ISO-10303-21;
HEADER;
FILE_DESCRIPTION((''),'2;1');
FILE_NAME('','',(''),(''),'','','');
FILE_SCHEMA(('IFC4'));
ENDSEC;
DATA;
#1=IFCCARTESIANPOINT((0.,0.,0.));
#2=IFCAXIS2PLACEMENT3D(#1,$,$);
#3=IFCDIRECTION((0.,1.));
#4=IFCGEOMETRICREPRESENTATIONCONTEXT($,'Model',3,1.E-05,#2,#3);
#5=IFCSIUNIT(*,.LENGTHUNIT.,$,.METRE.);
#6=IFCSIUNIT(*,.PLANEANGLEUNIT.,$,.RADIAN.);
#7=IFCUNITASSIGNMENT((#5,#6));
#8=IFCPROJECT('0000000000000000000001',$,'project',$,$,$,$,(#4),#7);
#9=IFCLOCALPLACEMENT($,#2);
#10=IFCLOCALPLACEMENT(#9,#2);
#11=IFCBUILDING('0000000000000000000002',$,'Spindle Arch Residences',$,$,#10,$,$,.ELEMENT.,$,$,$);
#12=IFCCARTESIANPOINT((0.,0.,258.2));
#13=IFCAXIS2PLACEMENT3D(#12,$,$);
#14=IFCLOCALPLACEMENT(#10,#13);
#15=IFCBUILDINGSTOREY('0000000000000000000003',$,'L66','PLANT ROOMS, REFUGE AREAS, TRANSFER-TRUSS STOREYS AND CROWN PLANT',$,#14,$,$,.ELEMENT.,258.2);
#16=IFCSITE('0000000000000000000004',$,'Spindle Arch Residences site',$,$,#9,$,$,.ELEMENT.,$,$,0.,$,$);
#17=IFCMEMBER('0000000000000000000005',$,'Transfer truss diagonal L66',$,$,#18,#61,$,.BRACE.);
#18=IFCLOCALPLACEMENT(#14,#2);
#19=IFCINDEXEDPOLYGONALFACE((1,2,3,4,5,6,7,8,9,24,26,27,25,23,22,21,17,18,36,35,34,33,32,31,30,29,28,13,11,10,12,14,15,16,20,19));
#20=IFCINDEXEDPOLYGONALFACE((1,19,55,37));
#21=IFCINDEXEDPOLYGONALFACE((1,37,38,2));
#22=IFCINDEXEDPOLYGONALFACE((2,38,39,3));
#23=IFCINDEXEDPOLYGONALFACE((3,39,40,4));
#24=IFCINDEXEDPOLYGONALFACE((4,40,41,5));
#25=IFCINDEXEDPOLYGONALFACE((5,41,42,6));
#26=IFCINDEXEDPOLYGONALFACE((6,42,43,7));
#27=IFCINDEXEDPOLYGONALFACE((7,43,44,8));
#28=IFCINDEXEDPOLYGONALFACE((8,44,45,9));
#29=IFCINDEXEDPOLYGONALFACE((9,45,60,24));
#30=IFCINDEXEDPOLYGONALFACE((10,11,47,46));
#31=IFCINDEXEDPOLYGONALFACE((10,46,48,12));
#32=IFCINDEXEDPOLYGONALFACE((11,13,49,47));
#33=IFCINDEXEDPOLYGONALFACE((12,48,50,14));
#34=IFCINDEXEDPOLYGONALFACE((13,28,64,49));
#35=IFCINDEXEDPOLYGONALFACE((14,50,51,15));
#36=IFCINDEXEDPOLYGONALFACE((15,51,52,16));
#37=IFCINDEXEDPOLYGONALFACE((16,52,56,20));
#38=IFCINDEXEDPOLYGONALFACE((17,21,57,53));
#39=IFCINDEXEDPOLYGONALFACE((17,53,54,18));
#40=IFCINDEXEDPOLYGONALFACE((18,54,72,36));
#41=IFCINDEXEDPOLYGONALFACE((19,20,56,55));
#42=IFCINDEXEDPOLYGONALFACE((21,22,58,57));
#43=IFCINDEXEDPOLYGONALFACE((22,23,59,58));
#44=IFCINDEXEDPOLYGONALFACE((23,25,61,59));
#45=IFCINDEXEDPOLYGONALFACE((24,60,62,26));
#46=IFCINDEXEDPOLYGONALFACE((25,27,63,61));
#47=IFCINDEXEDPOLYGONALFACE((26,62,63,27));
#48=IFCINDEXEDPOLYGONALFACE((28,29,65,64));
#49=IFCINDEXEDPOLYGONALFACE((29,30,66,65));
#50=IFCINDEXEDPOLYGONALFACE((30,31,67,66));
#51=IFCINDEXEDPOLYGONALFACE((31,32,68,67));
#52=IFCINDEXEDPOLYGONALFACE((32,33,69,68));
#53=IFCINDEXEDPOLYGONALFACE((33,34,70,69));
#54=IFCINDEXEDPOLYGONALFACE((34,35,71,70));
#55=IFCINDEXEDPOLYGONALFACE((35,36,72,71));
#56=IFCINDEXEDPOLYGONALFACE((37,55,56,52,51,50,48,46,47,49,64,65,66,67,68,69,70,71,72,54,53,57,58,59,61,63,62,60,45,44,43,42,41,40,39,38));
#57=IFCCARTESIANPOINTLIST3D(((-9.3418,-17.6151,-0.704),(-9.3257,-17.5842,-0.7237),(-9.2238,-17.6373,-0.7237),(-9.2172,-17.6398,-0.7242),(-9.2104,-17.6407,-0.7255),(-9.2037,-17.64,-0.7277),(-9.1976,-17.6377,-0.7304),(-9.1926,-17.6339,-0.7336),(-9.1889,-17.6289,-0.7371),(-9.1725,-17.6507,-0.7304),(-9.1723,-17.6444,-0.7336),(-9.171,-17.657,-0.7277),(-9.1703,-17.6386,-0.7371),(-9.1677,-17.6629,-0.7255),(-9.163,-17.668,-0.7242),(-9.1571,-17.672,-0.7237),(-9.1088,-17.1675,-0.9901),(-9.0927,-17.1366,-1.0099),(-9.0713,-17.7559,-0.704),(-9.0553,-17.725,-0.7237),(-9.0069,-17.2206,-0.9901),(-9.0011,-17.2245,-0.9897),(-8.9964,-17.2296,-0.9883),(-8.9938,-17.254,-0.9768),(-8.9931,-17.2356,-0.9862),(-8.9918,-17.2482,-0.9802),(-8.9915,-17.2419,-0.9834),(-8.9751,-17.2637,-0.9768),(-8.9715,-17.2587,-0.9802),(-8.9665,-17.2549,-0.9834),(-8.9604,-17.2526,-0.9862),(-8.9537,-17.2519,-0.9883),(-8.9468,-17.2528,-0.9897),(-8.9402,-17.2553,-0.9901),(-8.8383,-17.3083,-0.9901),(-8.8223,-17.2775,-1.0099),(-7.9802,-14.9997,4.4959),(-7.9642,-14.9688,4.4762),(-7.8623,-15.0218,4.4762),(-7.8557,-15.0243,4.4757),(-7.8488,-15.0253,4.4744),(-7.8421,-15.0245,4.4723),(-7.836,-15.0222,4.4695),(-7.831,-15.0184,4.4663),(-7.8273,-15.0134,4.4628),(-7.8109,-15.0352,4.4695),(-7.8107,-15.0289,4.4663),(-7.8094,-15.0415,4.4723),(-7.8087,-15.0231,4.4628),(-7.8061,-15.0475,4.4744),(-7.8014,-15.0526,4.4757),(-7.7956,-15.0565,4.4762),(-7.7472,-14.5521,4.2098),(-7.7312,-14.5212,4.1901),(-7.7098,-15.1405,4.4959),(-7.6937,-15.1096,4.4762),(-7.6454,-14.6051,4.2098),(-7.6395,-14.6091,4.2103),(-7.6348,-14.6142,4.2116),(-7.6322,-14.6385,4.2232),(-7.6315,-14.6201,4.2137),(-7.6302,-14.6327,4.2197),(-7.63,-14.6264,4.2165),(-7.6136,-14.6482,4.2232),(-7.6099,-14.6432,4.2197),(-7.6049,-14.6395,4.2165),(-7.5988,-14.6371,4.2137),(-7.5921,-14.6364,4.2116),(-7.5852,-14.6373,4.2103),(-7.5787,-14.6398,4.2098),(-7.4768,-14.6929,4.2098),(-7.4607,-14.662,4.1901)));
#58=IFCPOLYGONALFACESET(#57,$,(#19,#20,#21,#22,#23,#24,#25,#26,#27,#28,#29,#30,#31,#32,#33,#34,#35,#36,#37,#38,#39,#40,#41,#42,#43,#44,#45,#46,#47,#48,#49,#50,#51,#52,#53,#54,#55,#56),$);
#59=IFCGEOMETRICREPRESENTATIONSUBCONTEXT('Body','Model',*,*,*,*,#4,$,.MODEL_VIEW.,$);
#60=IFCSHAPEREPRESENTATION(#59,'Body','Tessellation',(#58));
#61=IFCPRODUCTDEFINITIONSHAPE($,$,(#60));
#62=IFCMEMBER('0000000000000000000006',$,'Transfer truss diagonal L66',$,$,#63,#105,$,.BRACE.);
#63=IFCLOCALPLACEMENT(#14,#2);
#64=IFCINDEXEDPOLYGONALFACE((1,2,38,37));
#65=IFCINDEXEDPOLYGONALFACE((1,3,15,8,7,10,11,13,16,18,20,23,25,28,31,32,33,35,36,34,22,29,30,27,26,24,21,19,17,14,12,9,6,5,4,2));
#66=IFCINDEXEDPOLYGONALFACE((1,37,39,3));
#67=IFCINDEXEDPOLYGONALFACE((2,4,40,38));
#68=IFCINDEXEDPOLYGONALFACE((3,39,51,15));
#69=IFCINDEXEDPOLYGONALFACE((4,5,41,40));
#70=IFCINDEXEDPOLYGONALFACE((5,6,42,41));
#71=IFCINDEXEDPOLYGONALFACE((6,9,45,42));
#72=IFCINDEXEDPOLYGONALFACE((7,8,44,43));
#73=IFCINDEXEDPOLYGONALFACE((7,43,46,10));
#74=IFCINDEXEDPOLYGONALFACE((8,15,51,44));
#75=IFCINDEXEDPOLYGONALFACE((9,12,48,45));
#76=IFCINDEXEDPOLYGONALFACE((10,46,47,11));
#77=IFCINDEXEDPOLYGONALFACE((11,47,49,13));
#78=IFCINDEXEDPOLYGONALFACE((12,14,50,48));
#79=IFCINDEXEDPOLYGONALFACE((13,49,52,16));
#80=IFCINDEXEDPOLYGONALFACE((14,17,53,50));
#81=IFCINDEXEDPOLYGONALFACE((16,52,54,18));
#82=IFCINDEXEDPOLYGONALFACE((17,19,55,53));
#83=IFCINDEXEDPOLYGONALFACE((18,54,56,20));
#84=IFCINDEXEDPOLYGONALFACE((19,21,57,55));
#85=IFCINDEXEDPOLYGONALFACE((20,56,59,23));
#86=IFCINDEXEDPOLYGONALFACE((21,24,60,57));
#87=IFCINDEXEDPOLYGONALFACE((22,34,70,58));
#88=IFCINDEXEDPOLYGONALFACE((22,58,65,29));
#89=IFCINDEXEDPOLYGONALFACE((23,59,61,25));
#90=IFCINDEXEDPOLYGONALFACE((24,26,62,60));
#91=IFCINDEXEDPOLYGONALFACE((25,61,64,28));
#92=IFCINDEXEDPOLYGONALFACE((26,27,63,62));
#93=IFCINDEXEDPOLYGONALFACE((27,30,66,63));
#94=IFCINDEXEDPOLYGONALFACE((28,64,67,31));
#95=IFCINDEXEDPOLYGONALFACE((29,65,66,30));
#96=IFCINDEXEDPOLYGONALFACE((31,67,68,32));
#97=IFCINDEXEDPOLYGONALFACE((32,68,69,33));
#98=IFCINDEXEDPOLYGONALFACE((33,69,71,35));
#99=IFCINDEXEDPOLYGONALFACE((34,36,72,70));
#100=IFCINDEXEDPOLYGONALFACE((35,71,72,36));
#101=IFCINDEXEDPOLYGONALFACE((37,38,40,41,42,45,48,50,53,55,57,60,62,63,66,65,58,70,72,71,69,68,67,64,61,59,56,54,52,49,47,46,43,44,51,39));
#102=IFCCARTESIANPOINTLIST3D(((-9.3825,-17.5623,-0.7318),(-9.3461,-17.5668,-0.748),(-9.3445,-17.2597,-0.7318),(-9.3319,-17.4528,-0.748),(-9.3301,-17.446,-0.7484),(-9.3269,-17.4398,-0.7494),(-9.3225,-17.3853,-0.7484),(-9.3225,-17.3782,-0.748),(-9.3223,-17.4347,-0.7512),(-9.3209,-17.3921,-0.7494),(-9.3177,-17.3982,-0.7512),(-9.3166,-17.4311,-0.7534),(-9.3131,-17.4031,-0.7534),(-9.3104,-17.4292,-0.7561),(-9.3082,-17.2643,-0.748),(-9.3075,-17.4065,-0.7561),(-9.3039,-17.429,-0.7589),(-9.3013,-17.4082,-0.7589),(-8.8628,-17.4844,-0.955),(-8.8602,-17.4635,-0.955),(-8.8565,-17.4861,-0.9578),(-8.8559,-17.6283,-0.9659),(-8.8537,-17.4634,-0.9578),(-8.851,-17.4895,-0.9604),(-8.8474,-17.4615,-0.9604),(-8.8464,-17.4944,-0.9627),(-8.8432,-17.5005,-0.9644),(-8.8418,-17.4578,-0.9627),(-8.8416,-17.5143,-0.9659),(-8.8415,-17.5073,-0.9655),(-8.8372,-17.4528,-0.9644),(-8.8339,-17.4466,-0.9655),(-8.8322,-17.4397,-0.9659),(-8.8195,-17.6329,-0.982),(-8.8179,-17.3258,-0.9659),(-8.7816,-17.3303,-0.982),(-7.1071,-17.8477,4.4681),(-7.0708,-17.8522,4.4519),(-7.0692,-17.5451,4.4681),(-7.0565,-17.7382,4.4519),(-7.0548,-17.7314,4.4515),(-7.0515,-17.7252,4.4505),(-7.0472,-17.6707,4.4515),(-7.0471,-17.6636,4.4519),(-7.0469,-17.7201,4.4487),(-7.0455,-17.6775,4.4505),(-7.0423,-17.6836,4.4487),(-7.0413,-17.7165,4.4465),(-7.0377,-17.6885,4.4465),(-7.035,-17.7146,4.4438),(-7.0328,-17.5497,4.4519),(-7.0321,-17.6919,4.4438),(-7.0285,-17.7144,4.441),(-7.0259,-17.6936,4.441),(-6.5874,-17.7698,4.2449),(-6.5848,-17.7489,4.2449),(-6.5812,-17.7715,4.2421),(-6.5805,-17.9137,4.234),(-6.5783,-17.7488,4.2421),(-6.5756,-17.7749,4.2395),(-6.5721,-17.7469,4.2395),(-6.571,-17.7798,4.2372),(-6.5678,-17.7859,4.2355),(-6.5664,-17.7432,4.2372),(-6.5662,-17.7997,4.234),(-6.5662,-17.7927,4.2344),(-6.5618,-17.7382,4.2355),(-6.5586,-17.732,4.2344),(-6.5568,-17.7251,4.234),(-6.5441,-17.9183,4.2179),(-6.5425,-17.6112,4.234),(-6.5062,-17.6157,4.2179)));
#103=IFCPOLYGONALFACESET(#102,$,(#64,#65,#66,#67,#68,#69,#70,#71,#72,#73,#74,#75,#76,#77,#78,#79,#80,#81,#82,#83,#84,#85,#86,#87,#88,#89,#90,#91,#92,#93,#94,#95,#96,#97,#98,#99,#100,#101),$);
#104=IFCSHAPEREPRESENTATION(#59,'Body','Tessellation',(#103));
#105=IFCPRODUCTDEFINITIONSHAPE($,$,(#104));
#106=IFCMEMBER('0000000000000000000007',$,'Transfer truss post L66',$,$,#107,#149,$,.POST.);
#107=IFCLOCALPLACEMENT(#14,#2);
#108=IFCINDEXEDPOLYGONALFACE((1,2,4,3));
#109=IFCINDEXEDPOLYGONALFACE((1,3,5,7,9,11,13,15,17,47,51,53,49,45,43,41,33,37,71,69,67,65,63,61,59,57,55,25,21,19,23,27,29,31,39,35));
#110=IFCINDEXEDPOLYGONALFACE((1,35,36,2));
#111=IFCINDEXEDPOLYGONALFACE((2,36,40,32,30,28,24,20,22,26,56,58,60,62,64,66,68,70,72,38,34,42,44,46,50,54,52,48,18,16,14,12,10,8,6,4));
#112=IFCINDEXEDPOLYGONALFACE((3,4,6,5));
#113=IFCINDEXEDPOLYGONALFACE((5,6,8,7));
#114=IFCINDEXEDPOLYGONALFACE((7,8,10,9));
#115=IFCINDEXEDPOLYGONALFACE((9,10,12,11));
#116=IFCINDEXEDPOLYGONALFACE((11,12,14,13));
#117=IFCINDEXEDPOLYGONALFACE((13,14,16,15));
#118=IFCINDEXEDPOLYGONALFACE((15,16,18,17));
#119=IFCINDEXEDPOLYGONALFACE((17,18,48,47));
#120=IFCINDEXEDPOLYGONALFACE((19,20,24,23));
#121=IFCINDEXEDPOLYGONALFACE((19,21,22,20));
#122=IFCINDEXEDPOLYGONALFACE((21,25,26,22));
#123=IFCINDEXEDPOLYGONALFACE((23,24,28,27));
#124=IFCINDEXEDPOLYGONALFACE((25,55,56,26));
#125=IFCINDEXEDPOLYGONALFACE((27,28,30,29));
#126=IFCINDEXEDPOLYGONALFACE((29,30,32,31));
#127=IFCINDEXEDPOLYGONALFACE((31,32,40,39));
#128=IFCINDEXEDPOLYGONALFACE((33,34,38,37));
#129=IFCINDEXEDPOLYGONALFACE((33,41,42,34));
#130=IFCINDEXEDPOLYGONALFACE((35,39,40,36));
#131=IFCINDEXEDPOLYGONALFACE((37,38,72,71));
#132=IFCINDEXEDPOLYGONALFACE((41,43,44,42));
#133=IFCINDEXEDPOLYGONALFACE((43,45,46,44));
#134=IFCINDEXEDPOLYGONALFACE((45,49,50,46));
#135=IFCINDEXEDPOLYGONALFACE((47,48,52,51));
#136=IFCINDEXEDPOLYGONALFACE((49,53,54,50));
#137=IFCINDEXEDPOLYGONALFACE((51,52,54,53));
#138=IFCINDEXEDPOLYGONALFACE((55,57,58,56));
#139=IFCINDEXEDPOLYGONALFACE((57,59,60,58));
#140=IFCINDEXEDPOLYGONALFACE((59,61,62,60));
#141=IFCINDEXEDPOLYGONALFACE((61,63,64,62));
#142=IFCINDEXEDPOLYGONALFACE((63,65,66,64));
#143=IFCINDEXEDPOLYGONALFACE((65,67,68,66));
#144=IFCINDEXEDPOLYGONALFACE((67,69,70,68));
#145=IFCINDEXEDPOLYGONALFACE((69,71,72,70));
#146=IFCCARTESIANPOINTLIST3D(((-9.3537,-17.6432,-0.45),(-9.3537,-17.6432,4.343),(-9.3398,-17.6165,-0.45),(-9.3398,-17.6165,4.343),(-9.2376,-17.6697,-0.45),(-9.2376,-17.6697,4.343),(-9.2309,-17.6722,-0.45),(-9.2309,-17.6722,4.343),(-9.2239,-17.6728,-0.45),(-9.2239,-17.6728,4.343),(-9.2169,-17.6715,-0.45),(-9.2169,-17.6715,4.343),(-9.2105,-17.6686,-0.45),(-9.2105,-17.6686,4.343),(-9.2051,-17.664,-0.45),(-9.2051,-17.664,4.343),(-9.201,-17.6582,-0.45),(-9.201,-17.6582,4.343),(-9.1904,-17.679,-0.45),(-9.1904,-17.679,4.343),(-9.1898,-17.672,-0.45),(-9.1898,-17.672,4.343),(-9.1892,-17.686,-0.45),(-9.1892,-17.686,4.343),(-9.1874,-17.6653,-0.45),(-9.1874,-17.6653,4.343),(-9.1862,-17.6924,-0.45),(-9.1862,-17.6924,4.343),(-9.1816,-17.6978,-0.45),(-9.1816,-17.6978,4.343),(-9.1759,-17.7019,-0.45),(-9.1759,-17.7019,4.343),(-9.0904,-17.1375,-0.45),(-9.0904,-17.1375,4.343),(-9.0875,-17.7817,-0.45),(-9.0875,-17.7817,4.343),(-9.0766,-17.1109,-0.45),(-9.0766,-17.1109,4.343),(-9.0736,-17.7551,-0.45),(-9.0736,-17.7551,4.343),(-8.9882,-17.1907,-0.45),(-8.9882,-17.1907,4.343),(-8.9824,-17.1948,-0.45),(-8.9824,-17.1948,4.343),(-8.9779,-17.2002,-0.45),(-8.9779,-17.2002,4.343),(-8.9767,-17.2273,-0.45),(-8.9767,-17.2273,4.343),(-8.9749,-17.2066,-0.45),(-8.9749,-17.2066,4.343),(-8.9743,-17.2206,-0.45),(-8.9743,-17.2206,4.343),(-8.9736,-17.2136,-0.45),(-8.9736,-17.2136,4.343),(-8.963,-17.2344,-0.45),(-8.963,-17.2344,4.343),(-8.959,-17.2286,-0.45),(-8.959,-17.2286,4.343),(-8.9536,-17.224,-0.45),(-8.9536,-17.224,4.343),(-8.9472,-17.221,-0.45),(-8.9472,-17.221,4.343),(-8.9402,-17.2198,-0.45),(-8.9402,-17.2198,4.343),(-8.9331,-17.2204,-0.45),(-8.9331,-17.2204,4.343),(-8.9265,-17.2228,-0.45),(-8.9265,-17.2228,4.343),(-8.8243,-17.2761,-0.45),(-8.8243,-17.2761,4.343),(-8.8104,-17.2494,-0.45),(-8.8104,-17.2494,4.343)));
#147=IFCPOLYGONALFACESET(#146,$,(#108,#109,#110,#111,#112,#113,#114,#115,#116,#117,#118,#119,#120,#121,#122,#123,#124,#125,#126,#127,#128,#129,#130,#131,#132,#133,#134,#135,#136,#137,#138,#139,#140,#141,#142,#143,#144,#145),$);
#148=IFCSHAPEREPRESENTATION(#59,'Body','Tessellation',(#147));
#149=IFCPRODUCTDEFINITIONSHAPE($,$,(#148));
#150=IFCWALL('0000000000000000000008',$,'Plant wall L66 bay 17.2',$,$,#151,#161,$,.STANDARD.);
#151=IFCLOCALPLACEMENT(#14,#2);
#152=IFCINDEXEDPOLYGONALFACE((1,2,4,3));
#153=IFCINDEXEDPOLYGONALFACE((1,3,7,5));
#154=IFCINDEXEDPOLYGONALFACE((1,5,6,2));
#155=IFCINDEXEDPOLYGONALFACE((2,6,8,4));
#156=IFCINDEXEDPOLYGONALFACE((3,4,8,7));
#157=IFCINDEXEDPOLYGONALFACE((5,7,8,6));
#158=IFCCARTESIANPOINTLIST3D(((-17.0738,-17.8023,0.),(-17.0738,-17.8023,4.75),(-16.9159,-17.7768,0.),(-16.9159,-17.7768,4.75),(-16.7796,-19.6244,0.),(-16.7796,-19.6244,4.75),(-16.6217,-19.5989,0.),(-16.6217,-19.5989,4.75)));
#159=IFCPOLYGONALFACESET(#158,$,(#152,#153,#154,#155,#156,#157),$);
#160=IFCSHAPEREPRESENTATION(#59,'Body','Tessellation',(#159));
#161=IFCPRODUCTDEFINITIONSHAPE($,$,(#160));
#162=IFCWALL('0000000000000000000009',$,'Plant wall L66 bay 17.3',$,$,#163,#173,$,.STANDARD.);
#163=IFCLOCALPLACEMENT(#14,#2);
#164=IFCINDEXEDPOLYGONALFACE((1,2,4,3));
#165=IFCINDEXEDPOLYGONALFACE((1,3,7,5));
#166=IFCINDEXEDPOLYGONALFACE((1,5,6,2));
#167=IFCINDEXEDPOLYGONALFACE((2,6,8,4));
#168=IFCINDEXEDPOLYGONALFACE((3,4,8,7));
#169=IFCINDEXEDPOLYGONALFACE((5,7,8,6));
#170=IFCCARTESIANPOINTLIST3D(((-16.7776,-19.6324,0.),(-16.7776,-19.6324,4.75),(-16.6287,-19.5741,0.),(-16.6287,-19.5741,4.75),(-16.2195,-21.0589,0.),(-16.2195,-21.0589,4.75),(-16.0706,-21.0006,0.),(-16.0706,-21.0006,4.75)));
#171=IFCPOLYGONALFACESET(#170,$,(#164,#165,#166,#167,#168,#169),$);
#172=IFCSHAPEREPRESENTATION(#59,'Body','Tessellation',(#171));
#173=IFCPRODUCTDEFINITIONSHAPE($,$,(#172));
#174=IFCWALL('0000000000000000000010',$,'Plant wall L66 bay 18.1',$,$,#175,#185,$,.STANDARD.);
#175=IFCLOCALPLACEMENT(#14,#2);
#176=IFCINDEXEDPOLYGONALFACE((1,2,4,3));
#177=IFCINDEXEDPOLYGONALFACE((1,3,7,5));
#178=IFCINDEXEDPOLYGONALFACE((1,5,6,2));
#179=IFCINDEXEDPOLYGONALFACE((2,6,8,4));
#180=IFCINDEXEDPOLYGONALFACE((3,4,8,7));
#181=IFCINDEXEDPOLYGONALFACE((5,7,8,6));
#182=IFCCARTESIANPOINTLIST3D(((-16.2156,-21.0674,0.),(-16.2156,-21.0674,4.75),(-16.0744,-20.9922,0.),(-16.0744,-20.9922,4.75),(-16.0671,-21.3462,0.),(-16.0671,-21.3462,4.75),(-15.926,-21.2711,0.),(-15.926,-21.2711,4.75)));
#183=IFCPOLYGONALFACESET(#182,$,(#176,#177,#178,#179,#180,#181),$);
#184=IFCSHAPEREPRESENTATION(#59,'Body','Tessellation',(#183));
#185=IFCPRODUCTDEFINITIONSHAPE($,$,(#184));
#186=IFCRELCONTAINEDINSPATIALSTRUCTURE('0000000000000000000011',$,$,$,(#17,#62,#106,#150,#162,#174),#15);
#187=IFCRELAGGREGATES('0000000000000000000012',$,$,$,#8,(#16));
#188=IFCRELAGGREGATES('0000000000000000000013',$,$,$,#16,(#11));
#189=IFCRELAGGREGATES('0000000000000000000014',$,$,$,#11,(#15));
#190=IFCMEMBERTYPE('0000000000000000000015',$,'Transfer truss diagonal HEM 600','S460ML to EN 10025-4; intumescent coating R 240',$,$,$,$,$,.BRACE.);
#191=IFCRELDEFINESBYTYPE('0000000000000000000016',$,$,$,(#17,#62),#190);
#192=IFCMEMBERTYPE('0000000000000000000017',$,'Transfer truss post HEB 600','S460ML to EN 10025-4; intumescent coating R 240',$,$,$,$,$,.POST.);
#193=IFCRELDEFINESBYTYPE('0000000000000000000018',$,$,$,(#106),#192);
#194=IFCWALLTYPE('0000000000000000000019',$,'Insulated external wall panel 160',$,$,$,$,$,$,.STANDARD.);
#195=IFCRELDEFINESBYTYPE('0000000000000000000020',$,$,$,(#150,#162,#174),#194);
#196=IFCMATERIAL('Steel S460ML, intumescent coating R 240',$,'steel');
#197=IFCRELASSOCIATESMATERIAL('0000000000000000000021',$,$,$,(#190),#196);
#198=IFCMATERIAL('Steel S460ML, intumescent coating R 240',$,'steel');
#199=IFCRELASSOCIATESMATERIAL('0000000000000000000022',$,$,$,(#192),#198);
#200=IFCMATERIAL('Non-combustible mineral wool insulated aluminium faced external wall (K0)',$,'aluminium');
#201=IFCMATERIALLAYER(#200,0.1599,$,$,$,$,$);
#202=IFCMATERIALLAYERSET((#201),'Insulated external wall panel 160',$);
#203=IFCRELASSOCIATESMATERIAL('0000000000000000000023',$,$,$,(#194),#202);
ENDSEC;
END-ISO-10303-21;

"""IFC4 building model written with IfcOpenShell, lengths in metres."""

from ifc_helpers import new_model, si_unit, direction, frame, frame_2d, origin, origin_2d, place, context, subcontext, project, spatial, rectangle, i_section, extrude, material, layer, layer_set, material_profile, profile_set, type_object, element, save


model = new_model("IFC4")

# Units and contexts
model_context = context("Model", 3, precision=1e-05, world=origin(), true_north=direction((0.0, 1.0)))
body_context = subcontext(model_context, "Body", "Model", "MODEL_VIEW")
ifc_project = project(units=[si_unit("LENGTHUNIT", "METRE"), si_unit("PLANEANGLEUNIT", "RADIAN")], contexts=[model_context])

# Site, building, storey
site_placement = place(None, origin())
site = spatial("IfcSite", under=ifc_project, at=site_placement, Name="Spindle Arch Residences site", CompositionType="ELEMENT", RefElevation=0.0)
building_placement = place(site_placement, origin())
building = spatial("IfcBuilding", under=site, at=building_placement, Name="Spindle Arch Residences", CompositionType="ELEMENT")
storey_placement = place(building_placement, frame((0.0, 0.0, 258.2)))
storey = spatial("IfcBuildingStorey", under=building, at=storey_placement, Name="L66", Description="PLANT ROOMS, REFUGE AREAS, TRANSFER-TRUSS STOREYS AND CROWN PLANT", CompositionType="ELEMENT", Elevation=258.2)

# Members
ifc_material_1 = material(Name="Steel S460ML, intumescent coating R 240", Category="steel")
ifc_material_profile_1 = material_profile(ifc_material_1, i_section(OverallWidth=0.3049, OverallDepth=0.6201, WebThickness=0.021, FlangeThickness=0.04, FilletRadius=0.0271, at=origin_2d()), Name="HEM 600")
ifc_profile_set_1 = profile_set([ifc_material_profile_1], Name="Steel S460ML, intumescent coating R 240")
member_type_1 = type_object("IfcMemberType", Name="Transfer truss diagonal HEM 600", Description="S460ML to EN 10025-4; intumescent coating R 240", PredefinedType="BRACE", material=ifc_profile_set_1)
member_1_placement = place(storey_placement, frame((-9.082, -17.4463, -0.8569), z_axis=(0.227771, 0.437532, 0.869877), x_axis=(-0.887005, 0.461759, 0.0)))
element("IfcMember", 1, at=member_1_placement, inside=storey, type_object=member_type_1, Name="Transfer truss diagonal L66", PredefinedType="BRACE", context=body_context, shape_type="SweptSolid", body=[
    extrude(i_section(OverallWidth=0.3049, OverallDepth=0.6201, WebThickness=0.021, FlangeThickness=0.04, FilletRadius=0.0271, at=origin_2d()), origin(), (0.0, 0.0, 1.0), 5.9778),
])
member_2_placement = place(storey_placement, frame((-9.082, -17.4463, -0.8569), z_axis=(0.400374, -0.050219, 0.914975), x_axis=(0.124454, 0.992225, 0.0)))
element("IfcMember", 2, at=member_2_placement, inside=storey, type_object=member_type_1, Name="Transfer truss diagonal L66", PredefinedType="BRACE", context=body_context, shape_type="SweptSolid", body=[
    extrude(i_section(OverallWidth=0.3049, OverallDepth=0.6201, WebThickness=0.021, FlangeThickness=0.04, FilletRadius=0.0271, at=origin_2d()), origin(), (0.0, 0.0, 1.0), 5.6831),
])
ifc_material_2 = material(Name="Steel S460ML, intumescent coating R 240", Category="steel")
ifc_material_profile_2 = material_profile(ifc_material_2, i_section(OverallWidth=0.3, OverallDepth=0.6001, WebThickness=0.0154, FlangeThickness=0.03, FilletRadius=0.0271, at=origin_2d()), Name="HEB 600")
ifc_profile_set_2 = profile_set([ifc_material_profile_2], Name="Steel S460ML, intumescent coating R 240")
member_type_2 = type_object("IfcMemberType", Name="Transfer truss post HEB 600", Description="S460ML to EN 10025-4; intumescent coating R 240", PredefinedType="POST", material=ifc_profile_set_2)
member_3_placement = place(storey_placement, frame((-9.082, -17.4463, -0.45), z_axis=(0.0, 0.0, 1.0), x_axis=(-0.88701, 0.46175, 0.0)))
element("IfcMember", 3, at=member_3_placement, inside=storey, type_object=member_type_2, Name="Transfer truss post L66", PredefinedType="POST", context=body_context, shape_type="SweptSolid", body=[
    extrude(i_section(OverallWidth=0.3, OverallDepth=0.6001, WebThickness=0.0154, FlangeThickness=0.03, FilletRadius=0.0271, at=origin_2d()), origin(), (0.0, 0.0, 1.0), 4.793),
])

# Walls
ifc_material_3 = material(Name="Non-combustible mineral wool insulated aluminium faced external wall (K0)", Category="aluminium")
ifc_layer_1 = layer(ifc_material_3, 0.1599)
ifc_layer_set_1 = layer_set([ifc_layer_1], Name="Insulated external wall panel 160")
wall_type_1 = type_object("IfcWallType", Name="Insulated external wall panel 160", PredefinedType="STANDARD", material=ifc_layer_set_1)
wall_1_placement = place(storey_placement, frame((-16.9949, -17.7896, 0.0), z_axis=(0.0, 0.0, 1.0), x_axis=(0.159399, -0.987214, 0.0)))
element("IfcWall", 4, at=wall_1_placement, inside=storey, type_object=wall_type_1, Name="Plant wall L66 bay 17.2", PredefinedType="STANDARD", context=body_context, shape_type="SweptSolid", body=[
    extrude(rectangle(XDim=1.8457, YDim=0.1599, at=frame_2d((0.9229, 0.0))), origin(), (0.0, 0.0, 1.0), 4.75),
])
wall_2_placement = place(storey_placement, frame((-16.7031, -19.6033, 0.0), z_axis=(0.0, 0.0, 1.0), x_axis=(0.364345, -0.931264, 0.0)))
element("IfcWall", 5, at=wall_2_placement, inside=storey, type_object=wall_type_1, Name="Plant wall L66 bay 17.3", PredefinedType="STANDARD", context=body_context, shape_type="SweptSolid", body=[
    extrude(rectangle(XDim=1.5317, YDim=0.1599, at=frame_2d((0.7659, 0.0))), origin(), (0.0, 0.0, 1.0), 4.75),
])
wall_3_placement = place(storey_placement, frame((-16.145, -21.0298, 0.0), z_axis=(0.0, 0.0, 1.0), x_axis=(0.469946, -0.882695, 0.0)))
element("IfcWall", 6, at=wall_3_placement, inside=storey, type_object=wall_type_1, Name="Plant wall L66 bay 18.1", PredefinedType="STANDARD", context=body_context, shape_type="SweptSolid", body=[
    extrude(rectangle(XDim=0.3159, YDim=0.1599, at=frame_2d((0.158, 0.0))), origin(), (0.0, 0.0, 1.0), 4.75),
])

save(model, "model.ifc")
